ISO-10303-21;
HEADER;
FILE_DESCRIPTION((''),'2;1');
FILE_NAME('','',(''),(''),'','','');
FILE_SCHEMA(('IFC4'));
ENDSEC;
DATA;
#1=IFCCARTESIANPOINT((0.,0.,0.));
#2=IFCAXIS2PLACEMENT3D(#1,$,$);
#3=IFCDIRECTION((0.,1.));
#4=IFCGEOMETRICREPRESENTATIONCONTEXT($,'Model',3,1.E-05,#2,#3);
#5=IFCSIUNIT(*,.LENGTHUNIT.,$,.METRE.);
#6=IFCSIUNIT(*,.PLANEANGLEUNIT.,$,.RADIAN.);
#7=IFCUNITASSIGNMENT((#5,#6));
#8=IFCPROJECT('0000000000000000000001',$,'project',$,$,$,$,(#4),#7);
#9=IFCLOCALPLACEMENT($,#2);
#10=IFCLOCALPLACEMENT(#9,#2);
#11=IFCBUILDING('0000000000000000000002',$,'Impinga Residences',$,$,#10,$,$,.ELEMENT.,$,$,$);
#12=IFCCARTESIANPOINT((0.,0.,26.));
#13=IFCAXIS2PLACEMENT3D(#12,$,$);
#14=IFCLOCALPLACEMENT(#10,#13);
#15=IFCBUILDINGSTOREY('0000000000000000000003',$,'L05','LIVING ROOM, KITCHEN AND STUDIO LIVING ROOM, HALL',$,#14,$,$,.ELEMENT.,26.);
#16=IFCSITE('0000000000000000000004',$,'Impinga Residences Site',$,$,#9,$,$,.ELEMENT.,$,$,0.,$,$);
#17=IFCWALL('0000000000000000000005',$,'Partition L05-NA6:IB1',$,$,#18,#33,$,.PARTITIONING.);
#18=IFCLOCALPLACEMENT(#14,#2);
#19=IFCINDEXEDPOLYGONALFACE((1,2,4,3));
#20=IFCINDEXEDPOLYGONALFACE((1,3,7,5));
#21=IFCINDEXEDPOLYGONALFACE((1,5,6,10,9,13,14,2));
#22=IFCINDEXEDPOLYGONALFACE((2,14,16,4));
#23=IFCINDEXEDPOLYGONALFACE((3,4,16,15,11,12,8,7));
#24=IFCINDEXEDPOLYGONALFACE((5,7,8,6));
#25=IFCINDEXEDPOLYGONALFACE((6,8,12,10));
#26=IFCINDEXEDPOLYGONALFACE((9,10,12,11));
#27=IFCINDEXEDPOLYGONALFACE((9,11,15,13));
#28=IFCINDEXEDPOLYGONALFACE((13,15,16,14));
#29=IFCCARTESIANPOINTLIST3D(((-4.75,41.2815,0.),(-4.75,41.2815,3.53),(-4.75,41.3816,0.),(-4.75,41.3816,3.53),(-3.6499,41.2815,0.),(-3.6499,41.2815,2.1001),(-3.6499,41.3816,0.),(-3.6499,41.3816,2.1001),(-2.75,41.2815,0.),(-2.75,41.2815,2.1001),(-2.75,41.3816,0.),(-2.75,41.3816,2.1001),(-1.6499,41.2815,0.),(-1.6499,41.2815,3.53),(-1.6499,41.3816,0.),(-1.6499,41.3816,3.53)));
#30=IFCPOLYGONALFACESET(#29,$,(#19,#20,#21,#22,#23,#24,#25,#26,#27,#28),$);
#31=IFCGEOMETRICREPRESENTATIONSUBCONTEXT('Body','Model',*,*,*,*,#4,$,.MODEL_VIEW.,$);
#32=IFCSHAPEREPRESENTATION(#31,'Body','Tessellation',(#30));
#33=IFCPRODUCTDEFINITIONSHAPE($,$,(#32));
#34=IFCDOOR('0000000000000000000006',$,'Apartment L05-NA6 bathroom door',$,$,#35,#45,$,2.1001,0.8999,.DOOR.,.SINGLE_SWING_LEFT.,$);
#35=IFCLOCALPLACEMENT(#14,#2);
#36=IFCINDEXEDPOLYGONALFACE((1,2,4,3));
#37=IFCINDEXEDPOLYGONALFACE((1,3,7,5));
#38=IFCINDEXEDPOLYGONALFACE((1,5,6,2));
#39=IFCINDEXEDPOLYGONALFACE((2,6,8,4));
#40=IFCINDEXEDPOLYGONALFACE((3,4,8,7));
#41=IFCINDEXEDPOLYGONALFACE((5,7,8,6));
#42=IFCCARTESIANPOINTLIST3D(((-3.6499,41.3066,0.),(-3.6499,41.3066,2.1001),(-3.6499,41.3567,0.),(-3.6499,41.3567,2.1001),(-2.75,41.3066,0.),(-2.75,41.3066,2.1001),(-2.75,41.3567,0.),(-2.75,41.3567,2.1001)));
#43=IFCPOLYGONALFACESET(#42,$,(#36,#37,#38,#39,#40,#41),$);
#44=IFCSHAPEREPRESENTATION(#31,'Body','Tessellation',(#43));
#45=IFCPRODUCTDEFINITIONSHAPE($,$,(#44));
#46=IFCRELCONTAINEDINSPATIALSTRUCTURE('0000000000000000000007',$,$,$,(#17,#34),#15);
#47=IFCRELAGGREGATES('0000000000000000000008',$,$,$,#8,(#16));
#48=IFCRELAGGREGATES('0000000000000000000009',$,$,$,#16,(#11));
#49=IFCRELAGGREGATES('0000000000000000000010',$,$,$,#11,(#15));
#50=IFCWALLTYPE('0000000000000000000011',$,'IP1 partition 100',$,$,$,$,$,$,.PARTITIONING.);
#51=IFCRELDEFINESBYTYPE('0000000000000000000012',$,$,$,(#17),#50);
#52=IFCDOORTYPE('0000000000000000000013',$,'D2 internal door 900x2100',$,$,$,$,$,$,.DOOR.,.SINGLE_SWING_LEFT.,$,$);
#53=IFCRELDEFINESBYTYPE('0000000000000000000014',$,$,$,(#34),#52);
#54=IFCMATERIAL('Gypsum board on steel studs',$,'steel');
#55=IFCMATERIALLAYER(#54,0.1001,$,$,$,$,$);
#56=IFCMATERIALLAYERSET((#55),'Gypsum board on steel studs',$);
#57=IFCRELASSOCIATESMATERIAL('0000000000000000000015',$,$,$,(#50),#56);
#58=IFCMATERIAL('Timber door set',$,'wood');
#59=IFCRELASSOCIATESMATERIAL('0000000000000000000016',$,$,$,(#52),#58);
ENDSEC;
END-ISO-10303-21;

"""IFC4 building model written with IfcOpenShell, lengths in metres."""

from ifc_helpers import new_model, si_unit, direction, frame, frame_2d, origin, place, context, subcontext, project, spatial, rectangle, extrude, material, layer, layer_set, type_object, element, fill, save


model = new_model("IFC4")

# Units and contexts
model_context = context("Model", 3, precision=1e-05, world=origin(), true_north=direction((0.0, 1.0)))
body_context = subcontext(model_context, "Body", "Model", "MODEL_VIEW")
ifc_project = project(units=[si_unit("LENGTHUNIT", "METRE"), si_unit("PLANEANGLEUNIT", "RADIAN")], contexts=[model_context])

# Site, building, storey
site_placement = place(None, origin())
site = spatial("IfcSite", under=ifc_project, at=site_placement, Name="Impinga Residences Site", CompositionType="ELEMENT", RefElevation=0.0)
building_placement = place(site_placement, origin())
building = spatial("IfcBuilding", under=site, at=building_placement, Name="Impinga Residences", CompositionType="ELEMENT")
storey_placement = place(building_placement, frame((0.0, 0.0, 26.0)))
storey = spatial("IfcBuildingStorey", under=building, at=storey_placement, Name="L05", Description="LIVING ROOM, KITCHEN AND STUDIO LIVING ROOM, HALL", CompositionType="ELEMENT", Elevation=26.0)

# Shared definitions
ifc_material_1 = material(Name="Timber door set", Category="wood")

# Shared definitions
ifc_material_2 = material(Name="Gypsum board on steel studs", Category="steel")
ifc_layer_1 = layer(ifc_material_2, 0.1001)
ifc_layer_set_1 = layer_set([ifc_layer_1], Name="Gypsum board on steel studs")
wall_type_1 = type_object("IfcWallType", Name="IP1 partition 100", PredefinedType="PARTITIONING", material=ifc_layer_set_1)

# Wall, opening, door
wall_1_placement = place(storey_placement, frame((-1.6499, 41.3315, 0.0), z_axis=(0.0, 0.0, 1.0), x_axis=(-1.0, 0.0, 0.0)))
wall_1 = element("IfcWall", 1, at=wall_1_placement, inside=storey, type_object=wall_type_1, Name="Partition L05-NA6:IB1", PredefinedType="PARTITIONING", context=body_context, shape_type="SweptSolid", body=[
    extrude(rectangle(XDim=3.1001, YDim=0.1001, at=frame_2d((1.55, 0.0))), origin(), (0.0, 0.0, 1.0), 3.53),
])
opening_1_placement = place(wall_1_placement, frame((1.1001, 0.0, 0.0)))
opening_1 = element("IfcOpeningElement", 2, at=opening_1_placement, cuts=wall_1, PredefinedType="OPENING", context=body_context, shape_type="SweptSolid", body=[
    extrude(rectangle(XDim=0.8999, YDim=2.1001, at=frame_2d((0.45, 1.05))), frame((0.0, 0.0601, 0.0), z_axis=(0.0, -1.0, 0.0), x_axis=(1.0, 0.0, 0.0)), (0.0, 0.0, 1.0), 0.1201),
])
door_type_1 = type_object("IfcDoorType", Name="D2 internal door 900x2100", OperationType="SINGLE_SWING_LEFT", PredefinedType="DOOR", material=ifc_material_1)
door_1_placement = place(opening_1_placement, origin())
door_1 = element("IfcDoor", 3, at=door_1_placement, inside=storey, type_object=door_type_1, Name="Apartment L05-NA6 bathroom door", OperationType="SINGLE_SWING_LEFT", OverallHeight=2.1001, OverallWidth=0.8999, PredefinedType="DOOR", context=body_context, shape_type="SweptSolid", body=[
    extrude(rectangle(XDim=0.8999, YDim=2.1001, at=frame_2d((0.45, 1.05))), frame((0.0, 0.0249, 0.0), z_axis=(0.0, -1.0, 0.0), x_axis=(1.0, 0.0, 0.0)), (0.0, 0.0, 1.0), 0.05),
])
fill(opening_1, door_1)

save(model, "model.ifc")
